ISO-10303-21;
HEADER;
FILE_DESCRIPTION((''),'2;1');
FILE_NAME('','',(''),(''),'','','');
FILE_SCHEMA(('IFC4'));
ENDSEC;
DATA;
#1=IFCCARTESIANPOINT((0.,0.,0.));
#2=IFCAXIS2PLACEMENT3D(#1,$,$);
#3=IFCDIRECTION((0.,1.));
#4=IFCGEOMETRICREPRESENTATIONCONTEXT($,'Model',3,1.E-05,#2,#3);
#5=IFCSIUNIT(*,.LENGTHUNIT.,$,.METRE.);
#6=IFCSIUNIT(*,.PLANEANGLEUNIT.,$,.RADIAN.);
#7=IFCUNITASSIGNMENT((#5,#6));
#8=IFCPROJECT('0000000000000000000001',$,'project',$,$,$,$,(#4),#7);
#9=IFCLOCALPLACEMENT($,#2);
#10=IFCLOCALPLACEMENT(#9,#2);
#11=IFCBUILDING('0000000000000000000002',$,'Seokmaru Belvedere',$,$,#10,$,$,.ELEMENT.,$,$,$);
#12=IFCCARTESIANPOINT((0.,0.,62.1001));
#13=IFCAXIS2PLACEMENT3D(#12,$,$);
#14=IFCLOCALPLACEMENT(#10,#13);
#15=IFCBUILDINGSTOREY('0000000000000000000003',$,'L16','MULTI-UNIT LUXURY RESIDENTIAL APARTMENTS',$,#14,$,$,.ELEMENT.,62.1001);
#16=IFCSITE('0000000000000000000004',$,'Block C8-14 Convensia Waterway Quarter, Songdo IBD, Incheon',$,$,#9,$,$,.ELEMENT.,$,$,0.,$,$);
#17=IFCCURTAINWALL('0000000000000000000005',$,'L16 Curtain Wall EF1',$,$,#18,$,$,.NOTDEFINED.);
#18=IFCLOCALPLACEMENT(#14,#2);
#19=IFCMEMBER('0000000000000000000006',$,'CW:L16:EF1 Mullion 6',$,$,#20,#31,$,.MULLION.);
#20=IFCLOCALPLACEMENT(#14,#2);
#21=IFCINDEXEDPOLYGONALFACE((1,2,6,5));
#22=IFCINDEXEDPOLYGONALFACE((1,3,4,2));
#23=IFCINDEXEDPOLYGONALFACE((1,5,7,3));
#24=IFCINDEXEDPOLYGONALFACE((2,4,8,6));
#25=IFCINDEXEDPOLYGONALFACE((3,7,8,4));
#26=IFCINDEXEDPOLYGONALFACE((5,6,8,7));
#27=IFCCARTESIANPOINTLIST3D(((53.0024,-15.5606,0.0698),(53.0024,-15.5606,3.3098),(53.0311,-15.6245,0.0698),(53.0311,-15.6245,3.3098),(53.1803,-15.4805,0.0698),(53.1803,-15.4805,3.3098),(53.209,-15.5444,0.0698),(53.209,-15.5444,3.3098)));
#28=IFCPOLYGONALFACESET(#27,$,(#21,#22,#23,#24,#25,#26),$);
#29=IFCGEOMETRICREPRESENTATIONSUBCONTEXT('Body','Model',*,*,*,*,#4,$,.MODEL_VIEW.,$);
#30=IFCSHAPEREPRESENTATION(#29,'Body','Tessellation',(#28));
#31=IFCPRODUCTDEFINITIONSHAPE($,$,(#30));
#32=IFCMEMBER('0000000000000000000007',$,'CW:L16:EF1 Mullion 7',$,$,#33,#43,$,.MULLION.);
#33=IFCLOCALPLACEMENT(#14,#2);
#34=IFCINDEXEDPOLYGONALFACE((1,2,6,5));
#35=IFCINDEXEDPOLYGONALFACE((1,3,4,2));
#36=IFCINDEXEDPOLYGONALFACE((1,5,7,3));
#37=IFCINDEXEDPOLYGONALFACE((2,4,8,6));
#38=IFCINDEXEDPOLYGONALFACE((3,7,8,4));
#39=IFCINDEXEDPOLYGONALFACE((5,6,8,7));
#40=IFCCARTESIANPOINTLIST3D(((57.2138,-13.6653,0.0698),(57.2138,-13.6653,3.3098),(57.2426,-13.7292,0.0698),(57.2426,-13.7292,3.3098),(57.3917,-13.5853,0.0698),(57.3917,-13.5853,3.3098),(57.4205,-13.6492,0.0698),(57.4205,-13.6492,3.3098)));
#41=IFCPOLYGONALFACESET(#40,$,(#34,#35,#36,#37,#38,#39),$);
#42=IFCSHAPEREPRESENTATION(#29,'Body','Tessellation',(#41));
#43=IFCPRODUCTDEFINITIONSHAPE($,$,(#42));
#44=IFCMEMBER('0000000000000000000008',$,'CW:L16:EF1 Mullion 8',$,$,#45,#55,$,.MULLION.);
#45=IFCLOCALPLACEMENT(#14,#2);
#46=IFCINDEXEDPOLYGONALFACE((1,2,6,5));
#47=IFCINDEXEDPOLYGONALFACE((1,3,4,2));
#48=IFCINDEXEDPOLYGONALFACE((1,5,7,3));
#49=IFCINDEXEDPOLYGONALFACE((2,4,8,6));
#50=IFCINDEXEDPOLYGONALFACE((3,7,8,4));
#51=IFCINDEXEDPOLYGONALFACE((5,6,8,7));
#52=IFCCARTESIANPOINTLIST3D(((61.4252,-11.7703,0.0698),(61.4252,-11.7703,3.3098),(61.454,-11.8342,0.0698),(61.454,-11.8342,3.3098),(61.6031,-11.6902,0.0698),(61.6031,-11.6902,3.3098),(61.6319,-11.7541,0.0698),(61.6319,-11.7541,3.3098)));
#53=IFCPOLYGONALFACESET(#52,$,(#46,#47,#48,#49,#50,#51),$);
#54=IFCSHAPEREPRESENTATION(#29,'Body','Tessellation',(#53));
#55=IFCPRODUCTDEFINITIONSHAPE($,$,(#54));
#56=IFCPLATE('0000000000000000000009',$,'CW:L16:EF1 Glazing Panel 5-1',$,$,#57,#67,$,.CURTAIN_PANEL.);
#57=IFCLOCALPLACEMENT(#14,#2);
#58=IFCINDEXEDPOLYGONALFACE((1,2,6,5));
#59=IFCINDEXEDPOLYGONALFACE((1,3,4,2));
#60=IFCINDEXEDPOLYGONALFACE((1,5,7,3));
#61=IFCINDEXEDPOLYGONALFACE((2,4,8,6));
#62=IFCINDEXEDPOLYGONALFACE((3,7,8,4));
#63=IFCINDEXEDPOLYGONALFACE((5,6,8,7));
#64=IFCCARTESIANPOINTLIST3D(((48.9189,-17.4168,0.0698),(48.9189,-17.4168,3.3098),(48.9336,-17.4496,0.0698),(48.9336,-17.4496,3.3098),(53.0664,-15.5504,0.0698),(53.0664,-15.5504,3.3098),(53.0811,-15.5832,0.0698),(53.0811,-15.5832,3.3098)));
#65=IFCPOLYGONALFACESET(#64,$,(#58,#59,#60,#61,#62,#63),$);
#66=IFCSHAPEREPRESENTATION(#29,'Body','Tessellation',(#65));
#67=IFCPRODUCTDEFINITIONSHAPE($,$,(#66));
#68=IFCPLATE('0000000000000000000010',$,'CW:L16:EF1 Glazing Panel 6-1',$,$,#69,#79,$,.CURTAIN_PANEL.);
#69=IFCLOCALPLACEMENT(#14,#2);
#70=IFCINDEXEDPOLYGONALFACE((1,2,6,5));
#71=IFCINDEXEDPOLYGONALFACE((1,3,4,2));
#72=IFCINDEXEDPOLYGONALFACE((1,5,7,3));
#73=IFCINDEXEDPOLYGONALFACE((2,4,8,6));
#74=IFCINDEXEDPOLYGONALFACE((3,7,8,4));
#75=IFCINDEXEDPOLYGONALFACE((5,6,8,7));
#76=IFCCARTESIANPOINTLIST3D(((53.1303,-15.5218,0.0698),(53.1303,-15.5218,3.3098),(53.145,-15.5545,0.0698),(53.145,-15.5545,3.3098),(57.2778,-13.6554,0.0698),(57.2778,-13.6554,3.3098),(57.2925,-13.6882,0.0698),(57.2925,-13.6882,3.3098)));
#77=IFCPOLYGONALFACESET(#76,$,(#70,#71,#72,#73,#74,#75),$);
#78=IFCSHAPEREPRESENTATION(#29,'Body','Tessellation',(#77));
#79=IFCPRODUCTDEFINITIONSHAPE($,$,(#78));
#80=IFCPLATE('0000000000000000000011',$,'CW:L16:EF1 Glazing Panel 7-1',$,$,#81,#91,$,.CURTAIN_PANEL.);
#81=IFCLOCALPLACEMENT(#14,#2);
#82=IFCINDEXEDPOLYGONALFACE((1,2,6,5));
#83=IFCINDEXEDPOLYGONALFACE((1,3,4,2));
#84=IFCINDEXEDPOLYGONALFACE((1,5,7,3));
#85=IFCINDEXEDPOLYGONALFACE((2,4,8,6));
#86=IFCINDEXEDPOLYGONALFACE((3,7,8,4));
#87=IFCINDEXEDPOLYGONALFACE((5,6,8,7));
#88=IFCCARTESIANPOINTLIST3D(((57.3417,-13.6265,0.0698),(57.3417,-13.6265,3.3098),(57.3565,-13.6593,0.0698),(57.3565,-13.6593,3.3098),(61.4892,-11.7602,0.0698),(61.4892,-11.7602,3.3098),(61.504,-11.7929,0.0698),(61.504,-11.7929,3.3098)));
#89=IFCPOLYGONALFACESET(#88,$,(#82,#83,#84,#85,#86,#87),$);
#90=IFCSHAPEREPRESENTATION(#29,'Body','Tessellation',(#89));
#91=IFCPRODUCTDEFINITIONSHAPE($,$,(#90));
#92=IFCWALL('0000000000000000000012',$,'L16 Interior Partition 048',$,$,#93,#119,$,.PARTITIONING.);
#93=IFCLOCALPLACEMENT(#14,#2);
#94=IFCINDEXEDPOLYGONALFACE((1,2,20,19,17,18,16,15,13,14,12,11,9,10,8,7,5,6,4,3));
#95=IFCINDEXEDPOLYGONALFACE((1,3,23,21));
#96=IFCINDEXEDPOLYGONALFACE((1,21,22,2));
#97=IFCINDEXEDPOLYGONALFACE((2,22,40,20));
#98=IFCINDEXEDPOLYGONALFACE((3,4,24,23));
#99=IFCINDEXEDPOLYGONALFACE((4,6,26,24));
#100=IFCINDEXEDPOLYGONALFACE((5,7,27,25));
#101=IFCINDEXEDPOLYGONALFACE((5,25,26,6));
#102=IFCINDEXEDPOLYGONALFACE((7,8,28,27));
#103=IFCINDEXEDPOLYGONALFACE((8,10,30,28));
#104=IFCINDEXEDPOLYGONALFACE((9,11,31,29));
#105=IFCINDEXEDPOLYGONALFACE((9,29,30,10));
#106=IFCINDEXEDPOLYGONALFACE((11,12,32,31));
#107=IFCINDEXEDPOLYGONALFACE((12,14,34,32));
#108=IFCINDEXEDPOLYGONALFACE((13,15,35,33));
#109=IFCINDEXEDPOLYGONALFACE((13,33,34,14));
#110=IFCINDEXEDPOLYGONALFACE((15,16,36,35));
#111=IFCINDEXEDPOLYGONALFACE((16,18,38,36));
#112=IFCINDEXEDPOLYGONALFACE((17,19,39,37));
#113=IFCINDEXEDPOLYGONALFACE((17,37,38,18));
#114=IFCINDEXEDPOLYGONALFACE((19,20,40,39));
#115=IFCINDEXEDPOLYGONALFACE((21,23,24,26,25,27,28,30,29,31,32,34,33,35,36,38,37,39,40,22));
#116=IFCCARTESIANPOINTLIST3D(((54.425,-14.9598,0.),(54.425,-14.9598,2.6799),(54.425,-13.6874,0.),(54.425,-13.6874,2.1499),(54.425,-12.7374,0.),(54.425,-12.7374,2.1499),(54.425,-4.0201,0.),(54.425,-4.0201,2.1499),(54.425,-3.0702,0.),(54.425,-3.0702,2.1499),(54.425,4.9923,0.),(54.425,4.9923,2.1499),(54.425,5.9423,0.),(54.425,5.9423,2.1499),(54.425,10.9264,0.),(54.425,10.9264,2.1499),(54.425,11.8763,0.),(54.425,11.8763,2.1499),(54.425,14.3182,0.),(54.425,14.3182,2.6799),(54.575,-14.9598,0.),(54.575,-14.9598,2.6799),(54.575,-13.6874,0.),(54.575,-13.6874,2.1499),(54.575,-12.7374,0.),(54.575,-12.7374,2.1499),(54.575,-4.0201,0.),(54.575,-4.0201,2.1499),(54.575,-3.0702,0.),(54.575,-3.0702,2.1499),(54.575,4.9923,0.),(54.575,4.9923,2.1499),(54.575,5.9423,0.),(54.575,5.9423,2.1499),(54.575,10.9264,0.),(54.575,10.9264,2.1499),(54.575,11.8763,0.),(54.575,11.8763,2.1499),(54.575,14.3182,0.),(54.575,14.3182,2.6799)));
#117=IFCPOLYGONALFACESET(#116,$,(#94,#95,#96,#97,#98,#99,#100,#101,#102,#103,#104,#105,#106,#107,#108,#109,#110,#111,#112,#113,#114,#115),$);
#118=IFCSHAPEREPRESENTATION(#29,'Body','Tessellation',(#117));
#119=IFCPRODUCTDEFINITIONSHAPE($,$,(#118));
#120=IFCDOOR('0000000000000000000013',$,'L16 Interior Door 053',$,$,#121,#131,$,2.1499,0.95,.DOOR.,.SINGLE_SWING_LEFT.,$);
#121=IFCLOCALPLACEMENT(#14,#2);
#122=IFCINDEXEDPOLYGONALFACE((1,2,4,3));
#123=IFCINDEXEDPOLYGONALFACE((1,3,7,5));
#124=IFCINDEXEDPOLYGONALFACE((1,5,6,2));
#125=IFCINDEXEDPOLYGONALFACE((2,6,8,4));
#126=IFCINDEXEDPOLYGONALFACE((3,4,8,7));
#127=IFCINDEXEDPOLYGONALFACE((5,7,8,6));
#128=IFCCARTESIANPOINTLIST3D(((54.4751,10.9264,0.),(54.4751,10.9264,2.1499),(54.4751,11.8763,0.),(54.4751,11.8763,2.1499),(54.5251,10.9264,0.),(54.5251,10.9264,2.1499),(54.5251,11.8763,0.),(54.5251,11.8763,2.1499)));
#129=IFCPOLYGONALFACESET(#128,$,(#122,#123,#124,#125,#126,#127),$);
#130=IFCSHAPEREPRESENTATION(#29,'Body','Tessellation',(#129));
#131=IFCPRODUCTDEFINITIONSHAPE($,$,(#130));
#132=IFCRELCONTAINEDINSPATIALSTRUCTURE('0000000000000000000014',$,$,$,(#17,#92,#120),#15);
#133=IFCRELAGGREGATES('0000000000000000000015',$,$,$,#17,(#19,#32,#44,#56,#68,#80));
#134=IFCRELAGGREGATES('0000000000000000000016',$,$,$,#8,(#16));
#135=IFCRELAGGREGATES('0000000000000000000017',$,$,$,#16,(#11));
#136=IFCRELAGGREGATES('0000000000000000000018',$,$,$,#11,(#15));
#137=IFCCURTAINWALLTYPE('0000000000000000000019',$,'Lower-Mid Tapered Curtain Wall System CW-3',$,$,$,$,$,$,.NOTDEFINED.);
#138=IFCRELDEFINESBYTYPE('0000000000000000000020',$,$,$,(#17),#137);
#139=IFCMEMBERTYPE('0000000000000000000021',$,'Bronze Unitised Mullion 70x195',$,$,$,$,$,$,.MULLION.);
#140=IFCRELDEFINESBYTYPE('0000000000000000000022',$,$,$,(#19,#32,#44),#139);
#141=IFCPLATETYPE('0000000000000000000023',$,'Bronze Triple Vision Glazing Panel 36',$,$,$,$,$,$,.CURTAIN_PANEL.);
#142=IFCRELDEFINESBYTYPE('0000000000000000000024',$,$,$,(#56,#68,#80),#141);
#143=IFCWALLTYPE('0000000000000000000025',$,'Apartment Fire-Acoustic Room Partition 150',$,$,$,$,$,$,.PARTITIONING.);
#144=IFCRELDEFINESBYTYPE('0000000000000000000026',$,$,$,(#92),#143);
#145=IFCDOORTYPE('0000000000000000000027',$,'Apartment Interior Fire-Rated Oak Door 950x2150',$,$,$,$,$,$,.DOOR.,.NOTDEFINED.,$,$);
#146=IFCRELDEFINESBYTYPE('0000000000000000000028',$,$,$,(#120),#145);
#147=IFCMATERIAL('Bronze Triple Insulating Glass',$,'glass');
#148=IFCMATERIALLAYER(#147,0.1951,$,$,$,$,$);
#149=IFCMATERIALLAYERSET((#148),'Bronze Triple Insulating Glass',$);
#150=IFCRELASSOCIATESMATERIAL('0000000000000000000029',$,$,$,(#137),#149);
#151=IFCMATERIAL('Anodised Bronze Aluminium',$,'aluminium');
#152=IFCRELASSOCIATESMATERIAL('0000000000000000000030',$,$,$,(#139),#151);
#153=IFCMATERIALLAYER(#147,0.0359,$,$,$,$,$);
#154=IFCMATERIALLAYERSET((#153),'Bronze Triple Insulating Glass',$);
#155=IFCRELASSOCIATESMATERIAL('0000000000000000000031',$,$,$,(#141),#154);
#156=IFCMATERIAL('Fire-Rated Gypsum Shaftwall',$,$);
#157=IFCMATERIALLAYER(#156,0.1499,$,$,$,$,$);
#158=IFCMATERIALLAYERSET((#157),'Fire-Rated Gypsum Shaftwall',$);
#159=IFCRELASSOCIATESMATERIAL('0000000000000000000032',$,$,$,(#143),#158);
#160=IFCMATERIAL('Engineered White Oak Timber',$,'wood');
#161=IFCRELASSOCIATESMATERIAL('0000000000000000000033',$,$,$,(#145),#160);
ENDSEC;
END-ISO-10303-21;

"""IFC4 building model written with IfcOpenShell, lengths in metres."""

from ifc_helpers import new_model, si_unit, direction, frame, frame_2d, origin, origin_2d, place, context, subcontext, project, spatial, rectangle, extrude, source, transform, mapped, material, layer, layer_set, material_profile, profile_set, type_object, type_shapes, element, fill, aggregate, save


model = new_model("IFC4")

# Units and contexts
model_context = context("Model", 3, precision=1e-05, world=origin(), true_north=direction((0.0, 1.0)))
body_context = subcontext(model_context, "Body", "Model", "MODEL_VIEW")
ifc_project = project(units=[si_unit("LENGTHUNIT", "METRE"), si_unit("PLANEANGLEUNIT", "RADIAN")], contexts=[model_context])

# Site, building, storey
site_placement = place(None, origin())
site = spatial("IfcSite", under=ifc_project, at=site_placement, Name="Block C8-14 Convensia Waterway Quarter, Songdo IBD, Incheon", CompositionType="ELEMENT", RefElevation=0.0)
building_placement = place(site_placement, origin())
building = spatial("IfcBuilding", under=site, at=building_placement, Name="Seokmaru Belvedere", CompositionType="ELEMENT")
storey_placement = place(building_placement, frame((0.0, 0.0, 62.1001)))
storey = spatial("IfcBuildingStorey", under=building, at=storey_placement, Name="L16", Description="MULTI-UNIT LUXURY RESIDENTIAL APARTMENTS", CompositionType="ELEMENT", Elevation=62.1001)

# Curtain wall, members, plates
ifc_material_1 = material(Name="Bronze Triple Insulating Glass", Category="glass")
ifc_layer_1 = layer(ifc_material_1, 0.1951)
ifc_layer_set_1 = layer_set([ifc_layer_1], Name="Bronze Triple Insulating Glass")
curtain_wall_type = type_object("IfcCurtainWallType", Name="Lower-Mid Tapered Curtain Wall System CW-3", PredefinedType="NOTDEFINED", material=ifc_layer_set_1)
curtain_wall_placement = place(storey_placement, origin())
curtain_wall = element("IfcCurtainWall", 1, at=curtain_wall_placement, inside=storey, type_object=curtain_wall_type, Name="L16 Curtain Wall EF1", PredefinedType="NOTDEFINED")
ifc_material_2 = material(Name="Anodised Bronze Aluminium", Category="aluminium")
ifc_material_profile_1 = material_profile(ifc_material_2, rectangle(XDim=0.0701, YDim=0.1951, at=origin_2d()), Name="CW-M-70x195")
ifc_profile_set_1 = profile_set([ifc_material_profile_1], Name="Anodised Bronze Aluminium")
member_type = type_object("IfcMemberType", Name="Bronze Unitised Mullion 70x195", PredefinedType="MULLION", material=ifc_profile_set_1)
shared_shape_1 = source(origin(), body_context, "Body", "SweptSolid", [
    extrude(rectangle(XDim=0.0701, YDim=0.1951, at=origin_2d()), origin(), (0.0, 0.0, 1.0), 3.24),
])
type_shapes(member_type, [shared_shape_1])
member_1_placement = place(storey_placement, frame((53.1057, -15.5525, 0.0698), z_axis=(0.0, 0.0, 1.0), x_axis=(-0.410366, 0.911921, 0.0)))
member_1 = element("IfcMember", 2, at=member_1_placement, type_object=member_type, Name="CW:L16:EF1 Mullion 6", PredefinedType="MULLION", context=body_context, shape_type="MappedRepresentation", body=[
    mapped(shared_shape_1, transform((0.0, 0.0, 0.0), scale=1.0)),
])
member_2_placement = place(storey_placement, frame((57.3171, -13.6572, 0.0698), z_axis=(0.0, 0.0, 1.0), x_axis=(-0.410366, 0.911921, 0.0)))
member_2 = element("IfcMember", 3, at=member_2_placement, type_object=member_type, Name="CW:L16:EF1 Mullion 7", PredefinedType="MULLION", context=body_context, shape_type="MappedRepresentation", body=[
    mapped(shared_shape_1, transform((0.0, 0.0, 0.0), scale=1.0)),
])
member_3_placement = place(storey_placement, frame((61.5286, -11.7622, 0.0698), z_axis=(0.0, 0.0, 1.0), x_axis=(-0.410366, 0.911921, 0.0)))
member_3 = element("IfcMember", 4, at=member_3_placement, type_object=member_type, Name="CW:L16:EF1 Mullion 8", PredefinedType="MULLION", context=body_context, shape_type="MappedRepresentation", body=[
    mapped(shared_shape_1, transform((0.0, 0.0, 0.0), scale=1.0)),
])
ifc_layer_2 = layer(ifc_material_1, 0.0359)
ifc_layer_set_2 = layer_set([ifc_layer_2], Name="Bronze Triple Insulating Glass")
plate_type = type_object("IfcPlateType", Name="Bronze Triple Vision Glazing Panel 36", PredefinedType="CURTAIN_PANEL", material=ifc_layer_set_2)
shared_shape_2 = source(origin(), body_context, "Body", "SweptSolid", [
    extrude(rectangle(XDim=4.5481, YDim=0.0359, at=origin_2d()), origin(), (0.0, 0.0, 1.0), 3.24),
])
type_shapes(plate_type, [shared_shape_2])
plate_1_placement = place(storey_placement, frame((51.0, -16.5, 0.0698), z_axis=(0.0, 0.0, 1.0), x_axis=(0.911921, 0.410366, 0.0)))
plate_1 = element("IfcPlate", 5, at=plate_1_placement, type_object=plate_type, Name="CW:L16:EF1 Glazing Panel 5-1", PredefinedType="CURTAIN_PANEL", context=body_context, shape_type="MappedRepresentation", body=[
    mapped(shared_shape_2, transform((0.0, 0.0, 0.0), scale=1.0)),
])
plate_2_placement = place(storey_placement, frame((55.2114, -14.605, 0.0698), z_axis=(0.0, 0.0, 1.0), x_axis=(0.911921, 0.410366, 0.0)))
plate_2 = element("IfcPlate", 6, at=plate_2_placement, type_object=plate_type, Name="CW:L16:EF1 Glazing Panel 6-1", PredefinedType="CURTAIN_PANEL", context=body_context, shape_type="MappedRepresentation", body=[
    mapped(shared_shape_2, transform((0.0, 0.0, 0.0), scale=1.0)),
])
plate_3_placement = place(storey_placement, frame((59.4229, -12.7097, 0.0698), z_axis=(0.0, 0.0, 1.0), x_axis=(0.911921, 0.410366, 0.0)))
plate_3 = element("IfcPlate", 7, at=plate_3_placement, type_object=plate_type, Name="CW:L16:EF1 Glazing Panel 7-1", PredefinedType="CURTAIN_PANEL", context=body_context, shape_type="MappedRepresentation", body=[
    mapped(shared_shape_2, transform((0.0, 0.0, 0.0), scale=1.0)),
])
aggregate(curtain_wall, [member_1, member_2, member_3, plate_1, plate_2, plate_3])

# Wall, openings, door
ifc_material_3 = material(Name="Fire-Rated Gypsum Shaftwall")
ifc_layer_3 = layer(ifc_material_3, 0.1499)
ifc_layer_set_3 = layer_set([ifc_layer_3], Name="Fire-Rated Gypsum Shaftwall")
wall_type = type_object("IfcWallType", Name="Apartment Fire-Acoustic Room Partition 150", PredefinedType="PARTITIONING", material=ifc_layer_set_3)
wall_1_placement = place(storey_placement, frame((54.5, -14.96, 0.0), z_axis=(0.0, 0.0, 1.0), x_axis=(0.0, 1.0, 0.0)))
wall_1 = element("IfcWall", 8, at=wall_1_placement, inside=storey, type_object=wall_type, Name="L16 Interior Partition 048", PredefinedType="PARTITIONING", context=body_context, shape_type="SweptSolid", body=[
    extrude(rectangle(XDim=29.2781, YDim=0.1499, at=frame_2d((14.6392, 0.0))), origin(), (0.0, 0.0, 1.0), 2.6799),
])
opening_1_placement = place(wall_1_placement, frame((1.2725, 0.0, 0.0)))
element("IfcOpeningElement", 9, at=opening_1_placement, cuts=wall_1, PredefinedType="OPENING", context=body_context, shape_type="SweptSolid", body=[
    extrude(rectangle(XDim=0.95, YDim=2.1499, at=frame_2d((0.4751, 1.075))), frame((0.0, 0.085, 0.0), z_axis=(0.0, -1.0, 0.0), x_axis=(1.0, 0.0, 0.0)), (0.0, 0.0, 1.0), 0.1699),
])
opening_2_placement = place(wall_1_placement, frame((10.9397, 0.0, 0.0)))
element("IfcOpeningElement", 10, at=opening_2_placement, cuts=wall_1, PredefinedType="OPENING", context=body_context, shape_type="SweptSolid", body=[
    extrude(rectangle(XDim=0.95, YDim=2.1499, at=frame_2d((0.4751, 1.075))), frame((0.0, 0.085, 0.0), z_axis=(0.0, -1.0, 0.0), x_axis=(1.0, 0.0, 0.0)), (0.0, 0.0, 1.0), 0.1699),
])
opening_3_placement = place(wall_1_placement, frame((25.8862, 0.0, 0.0)))
opening_3 = element("IfcOpeningElement", 11, at=opening_3_placement, cuts=wall_1, PredefinedType="OPENING", context=body_context, shape_type="SweptSolid", body=[
    extrude(rectangle(XDim=0.95, YDim=2.1499, at=frame_2d((0.4751, 1.075))), frame((0.0, 0.085, 0.0), z_axis=(0.0, -1.0, 0.0), x_axis=(1.0, 0.0, 0.0)), (0.0, 0.0, 1.0), 0.1699),
])
opening_4_placement = place(wall_1_placement, frame((19.9521, 0.0, 0.0)))
element("IfcOpeningElement", 12, at=opening_4_placement, cuts=wall_1, PredefinedType="OPENING", context=body_context, shape_type="SweptSolid", body=[
    extrude(rectangle(XDim=0.95, YDim=2.1499, at=frame_2d((0.4751, 1.075))), frame((0.0, 0.085, 0.0), z_axis=(0.0, -1.0, 0.0), x_axis=(1.0, 0.0, 0.0)), (0.0, 0.0, 1.0), 0.1699),
])
ifc_material_4 = material(Name="Engineered White Oak Timber", Category="wood")
door_type = type_object("IfcDoorType", Name="Apartment Interior Fire-Rated Oak Door 950x2150", OperationType="NOTDEFINED", PredefinedType="DOOR", material=ifc_material_4)
shared_shape_3 = source(origin(), body_context, "Body", "SweptSolid", [
    extrude(rectangle(XDim=0.95, YDim=2.1499, at=frame_2d((0.4751, 1.075))), frame((0.0, 0.0249, 0.0), z_axis=(0.0, -1.0, 0.0), x_axis=(1.0, 0.0, 0.0)), (0.0, 0.0, 1.0), 0.05),
])
type_shapes(door_type, [shared_shape_3])
door_1_placement = place(opening_3_placement, origin())
door_1 = element("IfcDoor", 13, at=door_1_placement, inside=storey, type_object=door_type, Name="L16 Interior Door 053", OperationType="SINGLE_SWING_LEFT", OverallHeight=2.1499, OverallWidth=0.95, PredefinedType="DOOR", context=body_context, shape_type="MappedRepresentation", body=[
    mapped(shared_shape_3, transform((0.0, 0.0, 0.0), scale=1.0)),
])
fill(opening_3, door_1)

save(model, "model.ifc")
